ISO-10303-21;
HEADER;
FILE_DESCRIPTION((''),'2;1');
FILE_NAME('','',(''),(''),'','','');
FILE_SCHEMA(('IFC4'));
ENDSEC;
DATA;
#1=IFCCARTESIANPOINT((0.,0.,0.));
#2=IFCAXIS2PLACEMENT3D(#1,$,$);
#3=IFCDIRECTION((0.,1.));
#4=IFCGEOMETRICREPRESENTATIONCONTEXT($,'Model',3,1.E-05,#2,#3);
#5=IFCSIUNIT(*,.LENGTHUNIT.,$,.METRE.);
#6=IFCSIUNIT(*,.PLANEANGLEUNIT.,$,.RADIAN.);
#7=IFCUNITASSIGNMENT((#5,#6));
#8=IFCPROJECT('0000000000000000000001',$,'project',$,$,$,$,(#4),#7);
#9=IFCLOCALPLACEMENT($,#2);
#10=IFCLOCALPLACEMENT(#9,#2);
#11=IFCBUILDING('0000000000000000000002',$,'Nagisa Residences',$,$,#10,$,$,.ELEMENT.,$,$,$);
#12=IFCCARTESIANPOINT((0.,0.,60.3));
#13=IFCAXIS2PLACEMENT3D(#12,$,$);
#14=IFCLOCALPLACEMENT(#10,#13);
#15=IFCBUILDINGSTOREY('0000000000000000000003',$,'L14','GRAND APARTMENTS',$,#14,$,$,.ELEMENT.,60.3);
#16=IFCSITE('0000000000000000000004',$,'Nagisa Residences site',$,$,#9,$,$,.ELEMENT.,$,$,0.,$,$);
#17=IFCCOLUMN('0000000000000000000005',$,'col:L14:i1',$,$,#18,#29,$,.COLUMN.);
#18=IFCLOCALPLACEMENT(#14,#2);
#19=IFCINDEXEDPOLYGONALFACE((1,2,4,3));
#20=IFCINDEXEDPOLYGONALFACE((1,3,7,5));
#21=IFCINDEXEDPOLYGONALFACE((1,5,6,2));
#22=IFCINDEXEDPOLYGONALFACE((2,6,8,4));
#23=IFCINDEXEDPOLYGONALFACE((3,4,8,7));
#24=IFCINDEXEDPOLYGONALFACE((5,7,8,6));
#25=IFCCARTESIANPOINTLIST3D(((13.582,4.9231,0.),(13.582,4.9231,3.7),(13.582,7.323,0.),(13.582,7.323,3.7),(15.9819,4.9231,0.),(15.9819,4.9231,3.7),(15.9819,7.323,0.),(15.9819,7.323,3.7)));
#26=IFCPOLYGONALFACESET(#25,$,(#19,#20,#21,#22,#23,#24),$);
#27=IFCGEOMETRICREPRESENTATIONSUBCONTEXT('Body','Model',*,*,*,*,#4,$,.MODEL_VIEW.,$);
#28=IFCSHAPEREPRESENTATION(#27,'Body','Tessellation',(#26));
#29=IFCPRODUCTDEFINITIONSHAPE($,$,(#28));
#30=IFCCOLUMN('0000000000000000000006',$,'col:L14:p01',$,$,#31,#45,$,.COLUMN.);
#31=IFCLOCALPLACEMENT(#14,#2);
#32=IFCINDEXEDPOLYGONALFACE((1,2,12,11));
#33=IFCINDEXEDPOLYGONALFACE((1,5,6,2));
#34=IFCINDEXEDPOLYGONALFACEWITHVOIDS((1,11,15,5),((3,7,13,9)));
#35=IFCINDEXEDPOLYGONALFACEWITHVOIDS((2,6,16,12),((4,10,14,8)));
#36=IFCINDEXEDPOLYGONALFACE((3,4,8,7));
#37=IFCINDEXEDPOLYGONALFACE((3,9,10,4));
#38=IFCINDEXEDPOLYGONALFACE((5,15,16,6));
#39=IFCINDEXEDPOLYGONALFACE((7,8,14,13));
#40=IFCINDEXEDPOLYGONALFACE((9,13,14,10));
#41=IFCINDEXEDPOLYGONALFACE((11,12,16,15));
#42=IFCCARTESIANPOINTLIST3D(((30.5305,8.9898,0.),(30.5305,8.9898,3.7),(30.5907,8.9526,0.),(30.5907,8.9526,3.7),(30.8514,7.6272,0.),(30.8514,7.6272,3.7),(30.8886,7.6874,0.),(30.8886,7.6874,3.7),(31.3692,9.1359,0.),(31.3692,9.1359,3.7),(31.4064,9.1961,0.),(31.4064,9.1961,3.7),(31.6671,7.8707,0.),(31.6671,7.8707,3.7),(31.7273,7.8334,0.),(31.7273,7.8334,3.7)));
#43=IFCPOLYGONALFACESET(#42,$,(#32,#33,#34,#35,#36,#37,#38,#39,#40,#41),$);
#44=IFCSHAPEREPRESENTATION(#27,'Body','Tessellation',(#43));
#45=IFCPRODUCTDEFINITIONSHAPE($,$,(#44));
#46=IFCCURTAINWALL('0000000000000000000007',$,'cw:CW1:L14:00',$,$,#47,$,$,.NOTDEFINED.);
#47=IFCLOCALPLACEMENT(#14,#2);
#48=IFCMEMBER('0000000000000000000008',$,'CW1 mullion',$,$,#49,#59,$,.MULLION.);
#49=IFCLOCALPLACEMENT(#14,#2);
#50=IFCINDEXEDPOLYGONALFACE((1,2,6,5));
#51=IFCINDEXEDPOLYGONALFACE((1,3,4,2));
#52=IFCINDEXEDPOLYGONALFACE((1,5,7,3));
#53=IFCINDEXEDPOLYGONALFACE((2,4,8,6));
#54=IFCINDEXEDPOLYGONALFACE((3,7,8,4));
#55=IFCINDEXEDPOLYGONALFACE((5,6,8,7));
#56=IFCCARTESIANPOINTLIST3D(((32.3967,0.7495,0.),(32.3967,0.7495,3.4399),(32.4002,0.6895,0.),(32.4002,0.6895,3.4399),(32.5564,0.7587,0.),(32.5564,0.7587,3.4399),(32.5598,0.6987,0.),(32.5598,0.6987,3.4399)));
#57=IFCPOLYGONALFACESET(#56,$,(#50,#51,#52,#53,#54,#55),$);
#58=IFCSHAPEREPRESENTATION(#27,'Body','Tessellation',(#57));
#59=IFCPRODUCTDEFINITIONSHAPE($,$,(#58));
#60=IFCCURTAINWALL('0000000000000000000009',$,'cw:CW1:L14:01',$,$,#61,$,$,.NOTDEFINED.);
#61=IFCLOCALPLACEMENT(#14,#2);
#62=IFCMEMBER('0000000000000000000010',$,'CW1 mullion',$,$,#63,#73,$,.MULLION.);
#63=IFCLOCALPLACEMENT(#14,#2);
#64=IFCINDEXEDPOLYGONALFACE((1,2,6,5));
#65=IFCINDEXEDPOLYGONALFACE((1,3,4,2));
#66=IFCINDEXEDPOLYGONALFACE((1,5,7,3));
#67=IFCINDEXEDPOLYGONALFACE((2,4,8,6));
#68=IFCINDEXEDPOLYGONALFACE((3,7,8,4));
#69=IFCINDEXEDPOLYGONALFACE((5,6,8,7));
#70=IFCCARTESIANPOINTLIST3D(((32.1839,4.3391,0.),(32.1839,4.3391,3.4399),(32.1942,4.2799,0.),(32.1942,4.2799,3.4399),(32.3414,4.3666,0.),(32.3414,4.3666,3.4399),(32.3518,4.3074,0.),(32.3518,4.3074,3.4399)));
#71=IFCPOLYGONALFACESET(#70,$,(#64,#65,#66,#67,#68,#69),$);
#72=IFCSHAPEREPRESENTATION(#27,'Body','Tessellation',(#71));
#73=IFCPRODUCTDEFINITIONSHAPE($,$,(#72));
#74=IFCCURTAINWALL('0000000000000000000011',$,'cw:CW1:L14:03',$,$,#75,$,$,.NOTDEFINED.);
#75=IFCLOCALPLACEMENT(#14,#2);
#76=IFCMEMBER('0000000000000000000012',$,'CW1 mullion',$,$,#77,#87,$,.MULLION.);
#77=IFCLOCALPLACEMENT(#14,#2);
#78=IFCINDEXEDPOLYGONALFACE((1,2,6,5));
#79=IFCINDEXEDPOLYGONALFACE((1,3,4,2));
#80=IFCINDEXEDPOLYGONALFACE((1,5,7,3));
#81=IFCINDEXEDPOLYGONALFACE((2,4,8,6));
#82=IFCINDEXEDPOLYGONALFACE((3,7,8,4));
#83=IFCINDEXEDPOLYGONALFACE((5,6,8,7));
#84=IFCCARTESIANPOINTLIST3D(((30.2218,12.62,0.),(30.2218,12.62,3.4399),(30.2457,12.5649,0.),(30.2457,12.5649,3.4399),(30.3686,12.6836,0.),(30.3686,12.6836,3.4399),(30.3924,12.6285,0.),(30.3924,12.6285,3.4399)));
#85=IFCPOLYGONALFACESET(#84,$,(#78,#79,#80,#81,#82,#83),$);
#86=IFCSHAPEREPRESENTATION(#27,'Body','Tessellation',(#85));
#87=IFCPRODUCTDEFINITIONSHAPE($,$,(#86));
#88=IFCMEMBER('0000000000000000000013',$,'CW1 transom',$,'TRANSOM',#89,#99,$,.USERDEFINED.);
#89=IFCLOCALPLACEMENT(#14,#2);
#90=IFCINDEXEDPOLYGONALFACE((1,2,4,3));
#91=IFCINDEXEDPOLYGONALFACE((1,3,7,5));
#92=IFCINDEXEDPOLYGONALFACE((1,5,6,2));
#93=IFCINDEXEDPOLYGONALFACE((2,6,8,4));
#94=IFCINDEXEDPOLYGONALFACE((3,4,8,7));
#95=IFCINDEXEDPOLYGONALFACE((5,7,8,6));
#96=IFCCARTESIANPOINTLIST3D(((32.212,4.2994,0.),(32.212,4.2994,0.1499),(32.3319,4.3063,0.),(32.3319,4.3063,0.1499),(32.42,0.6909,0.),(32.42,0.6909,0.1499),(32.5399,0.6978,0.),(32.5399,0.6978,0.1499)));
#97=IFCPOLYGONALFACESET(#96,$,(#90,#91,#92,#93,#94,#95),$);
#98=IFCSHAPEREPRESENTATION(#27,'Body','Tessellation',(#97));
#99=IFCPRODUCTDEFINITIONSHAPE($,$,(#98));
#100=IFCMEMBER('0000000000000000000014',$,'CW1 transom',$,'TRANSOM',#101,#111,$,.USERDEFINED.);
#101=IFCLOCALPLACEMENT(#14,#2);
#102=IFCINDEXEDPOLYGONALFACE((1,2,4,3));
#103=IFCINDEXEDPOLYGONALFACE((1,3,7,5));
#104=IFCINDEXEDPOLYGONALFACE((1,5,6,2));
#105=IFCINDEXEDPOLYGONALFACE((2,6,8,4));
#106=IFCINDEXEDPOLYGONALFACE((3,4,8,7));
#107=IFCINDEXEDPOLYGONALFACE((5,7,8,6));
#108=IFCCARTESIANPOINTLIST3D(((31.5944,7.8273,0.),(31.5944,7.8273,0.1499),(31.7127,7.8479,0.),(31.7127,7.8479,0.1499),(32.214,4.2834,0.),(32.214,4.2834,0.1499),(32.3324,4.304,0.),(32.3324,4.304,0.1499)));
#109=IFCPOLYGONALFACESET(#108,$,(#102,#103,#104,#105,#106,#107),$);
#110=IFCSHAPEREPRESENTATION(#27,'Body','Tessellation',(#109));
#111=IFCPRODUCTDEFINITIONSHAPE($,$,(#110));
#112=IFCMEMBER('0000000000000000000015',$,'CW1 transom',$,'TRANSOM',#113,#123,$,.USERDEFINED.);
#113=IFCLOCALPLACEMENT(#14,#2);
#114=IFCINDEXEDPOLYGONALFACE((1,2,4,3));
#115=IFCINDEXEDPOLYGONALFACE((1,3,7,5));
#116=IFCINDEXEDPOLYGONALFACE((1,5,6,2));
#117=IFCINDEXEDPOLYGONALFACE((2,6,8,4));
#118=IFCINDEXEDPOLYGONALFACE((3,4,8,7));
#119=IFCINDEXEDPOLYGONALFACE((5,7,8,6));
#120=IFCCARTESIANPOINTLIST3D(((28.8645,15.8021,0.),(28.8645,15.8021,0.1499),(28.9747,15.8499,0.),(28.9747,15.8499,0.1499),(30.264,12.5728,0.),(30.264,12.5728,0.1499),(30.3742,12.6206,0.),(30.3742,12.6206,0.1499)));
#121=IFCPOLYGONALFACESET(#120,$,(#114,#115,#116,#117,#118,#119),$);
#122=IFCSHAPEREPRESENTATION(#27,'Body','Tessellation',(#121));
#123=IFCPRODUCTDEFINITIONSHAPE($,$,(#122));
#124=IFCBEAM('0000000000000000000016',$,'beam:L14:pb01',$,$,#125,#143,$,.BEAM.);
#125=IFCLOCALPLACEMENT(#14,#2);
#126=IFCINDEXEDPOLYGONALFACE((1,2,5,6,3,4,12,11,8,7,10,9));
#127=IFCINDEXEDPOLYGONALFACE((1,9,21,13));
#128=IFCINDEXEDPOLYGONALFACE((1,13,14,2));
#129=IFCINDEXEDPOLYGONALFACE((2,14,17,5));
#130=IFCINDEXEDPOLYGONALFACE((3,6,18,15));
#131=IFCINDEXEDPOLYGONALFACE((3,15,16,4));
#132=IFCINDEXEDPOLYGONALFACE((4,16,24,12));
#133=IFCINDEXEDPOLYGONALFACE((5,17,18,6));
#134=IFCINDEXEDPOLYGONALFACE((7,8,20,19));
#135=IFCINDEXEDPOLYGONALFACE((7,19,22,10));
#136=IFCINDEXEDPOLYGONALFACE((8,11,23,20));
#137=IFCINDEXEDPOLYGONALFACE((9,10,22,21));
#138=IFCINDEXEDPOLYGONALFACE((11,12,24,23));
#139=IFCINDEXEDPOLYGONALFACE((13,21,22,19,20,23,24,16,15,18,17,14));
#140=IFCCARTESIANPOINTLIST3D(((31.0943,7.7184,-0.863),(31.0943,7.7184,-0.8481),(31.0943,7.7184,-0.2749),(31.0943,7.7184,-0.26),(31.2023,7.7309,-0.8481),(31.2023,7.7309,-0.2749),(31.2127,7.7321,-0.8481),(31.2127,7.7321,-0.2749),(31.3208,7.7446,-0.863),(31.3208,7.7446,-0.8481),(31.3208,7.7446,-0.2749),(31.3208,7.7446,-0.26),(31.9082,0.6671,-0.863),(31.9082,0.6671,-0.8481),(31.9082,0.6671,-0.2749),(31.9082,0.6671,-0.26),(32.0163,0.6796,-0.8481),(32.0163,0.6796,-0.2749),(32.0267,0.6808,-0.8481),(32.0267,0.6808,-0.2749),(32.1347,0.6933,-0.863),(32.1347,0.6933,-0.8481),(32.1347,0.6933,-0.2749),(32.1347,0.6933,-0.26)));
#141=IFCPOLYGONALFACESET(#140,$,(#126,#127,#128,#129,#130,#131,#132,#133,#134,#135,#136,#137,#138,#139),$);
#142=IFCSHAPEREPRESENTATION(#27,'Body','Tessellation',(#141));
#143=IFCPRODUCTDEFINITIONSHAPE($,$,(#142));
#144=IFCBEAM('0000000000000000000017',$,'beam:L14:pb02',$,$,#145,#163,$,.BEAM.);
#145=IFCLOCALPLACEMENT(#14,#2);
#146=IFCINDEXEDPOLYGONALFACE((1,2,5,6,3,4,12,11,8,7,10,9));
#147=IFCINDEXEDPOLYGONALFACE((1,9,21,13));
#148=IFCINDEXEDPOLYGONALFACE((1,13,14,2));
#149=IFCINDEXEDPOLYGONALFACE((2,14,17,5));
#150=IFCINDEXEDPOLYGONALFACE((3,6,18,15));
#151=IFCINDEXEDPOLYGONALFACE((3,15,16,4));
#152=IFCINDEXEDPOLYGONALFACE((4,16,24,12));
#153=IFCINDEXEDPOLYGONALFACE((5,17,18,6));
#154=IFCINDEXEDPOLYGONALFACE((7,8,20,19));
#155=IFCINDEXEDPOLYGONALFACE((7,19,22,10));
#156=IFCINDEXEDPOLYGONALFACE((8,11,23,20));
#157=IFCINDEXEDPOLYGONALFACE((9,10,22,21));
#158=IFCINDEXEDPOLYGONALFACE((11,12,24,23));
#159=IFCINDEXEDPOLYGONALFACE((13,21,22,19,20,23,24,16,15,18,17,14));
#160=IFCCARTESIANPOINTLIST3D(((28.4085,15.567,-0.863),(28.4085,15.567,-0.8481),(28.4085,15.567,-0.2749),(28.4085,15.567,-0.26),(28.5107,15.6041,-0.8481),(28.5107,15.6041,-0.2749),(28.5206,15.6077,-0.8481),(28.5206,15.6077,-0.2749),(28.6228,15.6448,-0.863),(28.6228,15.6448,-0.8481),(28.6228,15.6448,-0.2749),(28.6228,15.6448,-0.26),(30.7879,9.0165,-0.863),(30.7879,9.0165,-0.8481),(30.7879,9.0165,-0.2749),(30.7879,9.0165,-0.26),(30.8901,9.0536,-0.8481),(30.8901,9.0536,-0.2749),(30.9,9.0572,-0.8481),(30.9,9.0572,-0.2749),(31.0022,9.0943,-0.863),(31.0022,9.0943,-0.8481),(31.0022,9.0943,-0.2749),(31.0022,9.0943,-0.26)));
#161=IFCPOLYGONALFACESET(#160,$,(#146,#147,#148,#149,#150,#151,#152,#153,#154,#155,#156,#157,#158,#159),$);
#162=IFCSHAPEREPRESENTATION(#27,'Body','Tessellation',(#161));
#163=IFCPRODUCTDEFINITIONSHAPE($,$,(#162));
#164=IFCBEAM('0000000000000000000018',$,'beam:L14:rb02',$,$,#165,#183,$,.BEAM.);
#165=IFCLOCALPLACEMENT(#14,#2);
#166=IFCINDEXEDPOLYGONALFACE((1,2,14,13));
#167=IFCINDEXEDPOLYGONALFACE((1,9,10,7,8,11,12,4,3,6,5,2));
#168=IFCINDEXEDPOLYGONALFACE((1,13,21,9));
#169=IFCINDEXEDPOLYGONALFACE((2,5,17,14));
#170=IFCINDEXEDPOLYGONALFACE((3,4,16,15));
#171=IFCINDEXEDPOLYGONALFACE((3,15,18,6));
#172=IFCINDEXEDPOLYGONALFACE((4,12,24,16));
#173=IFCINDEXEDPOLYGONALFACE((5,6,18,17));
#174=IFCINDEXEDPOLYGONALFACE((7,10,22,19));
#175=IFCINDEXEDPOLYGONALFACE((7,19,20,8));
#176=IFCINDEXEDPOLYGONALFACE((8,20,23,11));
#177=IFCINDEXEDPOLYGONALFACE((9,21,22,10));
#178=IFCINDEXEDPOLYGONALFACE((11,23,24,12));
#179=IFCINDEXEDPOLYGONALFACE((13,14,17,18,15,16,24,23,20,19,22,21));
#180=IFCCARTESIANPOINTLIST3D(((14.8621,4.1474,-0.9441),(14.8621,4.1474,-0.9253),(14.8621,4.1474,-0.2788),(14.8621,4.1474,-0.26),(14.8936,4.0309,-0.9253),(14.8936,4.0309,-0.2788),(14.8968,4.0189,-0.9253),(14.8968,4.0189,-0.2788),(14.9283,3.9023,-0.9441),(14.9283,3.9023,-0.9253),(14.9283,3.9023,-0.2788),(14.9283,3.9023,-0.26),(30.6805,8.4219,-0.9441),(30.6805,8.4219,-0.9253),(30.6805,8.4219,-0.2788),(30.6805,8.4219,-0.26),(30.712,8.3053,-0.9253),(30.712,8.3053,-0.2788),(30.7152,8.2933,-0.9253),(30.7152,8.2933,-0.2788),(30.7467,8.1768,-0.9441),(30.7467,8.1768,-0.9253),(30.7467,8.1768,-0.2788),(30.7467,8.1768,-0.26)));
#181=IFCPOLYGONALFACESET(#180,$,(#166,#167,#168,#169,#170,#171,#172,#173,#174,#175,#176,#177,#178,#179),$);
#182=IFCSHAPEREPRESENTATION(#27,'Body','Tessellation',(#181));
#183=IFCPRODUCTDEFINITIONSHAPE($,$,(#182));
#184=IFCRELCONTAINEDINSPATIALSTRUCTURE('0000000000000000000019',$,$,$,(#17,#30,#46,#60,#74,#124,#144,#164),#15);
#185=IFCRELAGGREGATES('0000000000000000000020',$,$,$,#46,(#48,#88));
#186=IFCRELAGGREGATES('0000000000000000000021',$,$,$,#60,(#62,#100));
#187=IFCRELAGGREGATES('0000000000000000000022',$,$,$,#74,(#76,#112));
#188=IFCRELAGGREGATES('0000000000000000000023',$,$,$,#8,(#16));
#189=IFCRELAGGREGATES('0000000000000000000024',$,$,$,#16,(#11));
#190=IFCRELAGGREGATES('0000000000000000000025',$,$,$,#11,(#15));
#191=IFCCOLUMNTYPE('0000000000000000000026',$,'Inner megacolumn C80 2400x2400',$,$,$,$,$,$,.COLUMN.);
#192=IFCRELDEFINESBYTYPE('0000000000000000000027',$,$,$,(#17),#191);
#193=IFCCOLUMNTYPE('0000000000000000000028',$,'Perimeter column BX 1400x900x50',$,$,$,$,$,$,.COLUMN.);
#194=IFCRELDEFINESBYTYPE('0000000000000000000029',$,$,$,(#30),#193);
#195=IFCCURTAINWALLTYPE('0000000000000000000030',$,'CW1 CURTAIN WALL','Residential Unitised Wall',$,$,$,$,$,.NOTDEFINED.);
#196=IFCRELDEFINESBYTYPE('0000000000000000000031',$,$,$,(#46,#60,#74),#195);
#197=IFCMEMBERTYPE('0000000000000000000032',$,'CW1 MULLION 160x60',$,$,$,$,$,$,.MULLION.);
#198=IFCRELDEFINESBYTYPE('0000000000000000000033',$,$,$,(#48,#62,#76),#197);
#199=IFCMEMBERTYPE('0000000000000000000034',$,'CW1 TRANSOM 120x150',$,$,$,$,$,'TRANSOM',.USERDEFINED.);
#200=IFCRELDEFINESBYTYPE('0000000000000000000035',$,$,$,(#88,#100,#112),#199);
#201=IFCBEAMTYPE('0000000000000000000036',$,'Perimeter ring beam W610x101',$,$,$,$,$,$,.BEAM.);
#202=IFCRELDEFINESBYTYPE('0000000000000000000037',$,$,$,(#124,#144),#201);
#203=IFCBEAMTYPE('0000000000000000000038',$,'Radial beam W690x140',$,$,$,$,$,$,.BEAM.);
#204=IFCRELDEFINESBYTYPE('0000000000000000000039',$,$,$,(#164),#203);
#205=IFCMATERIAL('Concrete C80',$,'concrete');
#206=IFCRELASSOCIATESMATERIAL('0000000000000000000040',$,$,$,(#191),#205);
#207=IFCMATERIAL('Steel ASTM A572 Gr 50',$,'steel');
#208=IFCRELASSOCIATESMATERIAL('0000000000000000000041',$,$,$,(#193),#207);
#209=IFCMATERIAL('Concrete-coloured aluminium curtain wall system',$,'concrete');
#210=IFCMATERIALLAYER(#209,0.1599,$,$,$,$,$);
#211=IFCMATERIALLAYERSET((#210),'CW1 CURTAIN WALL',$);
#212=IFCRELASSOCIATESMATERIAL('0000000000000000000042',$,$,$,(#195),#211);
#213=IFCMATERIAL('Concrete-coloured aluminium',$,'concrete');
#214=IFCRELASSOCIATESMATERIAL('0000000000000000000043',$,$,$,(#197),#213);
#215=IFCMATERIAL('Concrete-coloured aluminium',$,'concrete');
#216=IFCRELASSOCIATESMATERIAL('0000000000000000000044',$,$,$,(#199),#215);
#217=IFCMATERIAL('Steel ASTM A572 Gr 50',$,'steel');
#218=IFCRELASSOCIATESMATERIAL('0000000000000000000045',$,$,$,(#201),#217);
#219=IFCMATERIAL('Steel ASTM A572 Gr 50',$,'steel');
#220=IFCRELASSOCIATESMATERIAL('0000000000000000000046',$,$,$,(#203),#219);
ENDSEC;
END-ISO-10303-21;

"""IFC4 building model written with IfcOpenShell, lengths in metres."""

from ifc_helpers import new_model, si_unit, direction, frame, origin, origin_2d, place, context, subcontext, project, spatial, rectangle, hollow_rectangle, i_section, extrude, material, layer, layer_set, material_profile, profile_set, type_object, element, aggregate, save


model = new_model("IFC4")

# Units and contexts
model_context = context("Model", 3, precision=1e-05, world=origin(), true_north=direction((0.0, 1.0)))
body_context = subcontext(model_context, "Body", "Model", "MODEL_VIEW")
ifc_project = project(units=[si_unit("LENGTHUNIT", "METRE"), si_unit("PLANEANGLEUNIT", "RADIAN")], contexts=[model_context])

# Site, building, storey
site_placement = place(None, origin())
site = spatial("IfcSite", under=ifc_project, at=site_placement, Name="Nagisa Residences site", CompositionType="ELEMENT", RefElevation=0.0)
building_placement = place(site_placement, origin())
building = spatial("IfcBuilding", under=site, at=building_placement, Name="Nagisa Residences", CompositionType="ELEMENT")
storey_placement = place(building_placement, frame((0.0, 0.0, 60.3)))
storey = spatial("IfcBuildingStorey", under=building, at=storey_placement, Name="L14", Description="GRAND APARTMENTS", CompositionType="ELEMENT", Elevation=60.3)

# Columns
ifc_material_1 = material(Name="Concrete C80", Category="concrete")
ifc_material_profile_1 = material_profile(ifc_material_1, rectangle(XDim=2.3999, YDim=2.3999, at=origin_2d()), Name="C80 2400x2400")
ifc_profile_set_1 = profile_set([ifc_material_profile_1], Name="Concrete C80")
column_type_1 = type_object("IfcColumnType", Name="Inner megacolumn C80 2400x2400", PredefinedType="COLUMN", material=ifc_profile_set_1)
column_1_placement = place(storey_placement, frame((14.782, 6.123, 0.0), z_axis=(0.0, 0.0, 1.0), x_axis=(1.0, 0.0, 0.0)))
element("IfcColumn", 1, at=column_1_placement, inside=storey, type_object=column_type_1, Name="col:L14:i1", PredefinedType="COLUMN", context=body_context, shape_type="SweptSolid", body=[
    extrude(rectangle(XDim=2.3999, YDim=2.3999, at=origin_2d()), origin(), (0.0, 0.0, 1.0), 3.7),
])
ifc_material_2 = material(Name="Steel ASTM A572 Gr 50", Category="steel")
ifc_material_profile_2 = material_profile(ifc_material_2, hollow_rectangle(XDim=1.3999, YDim=0.8999, WallThickness=0.05, at=origin_2d()), Name="BX 1400x900x50")
ifc_profile_set_2 = profile_set([ifc_material_profile_2], Name="Steel ASTM A572 Gr 50")
column_type_2 = type_object("IfcColumnType", Name="Perimeter column BX 1400x900x50", PredefinedType="COLUMN", material=ifc_profile_set_2)
column_2_placement = place(storey_placement, frame((31.1289, 8.4116, 0.0), z_axis=(0.0, 0.0, 1.0), x_axis=(-0.229202, 0.973379, 0.0)))
element("IfcColumn", 2, at=column_2_placement, inside=storey, type_object=column_type_2, Name="col:L14:p01", PredefinedType="COLUMN", context=body_context, shape_type="SweptSolid", body=[
    extrude(hollow_rectangle(XDim=1.3999, YDim=0.8999, WallThickness=0.05, at=origin_2d()), origin(), (0.0, 0.0, 1.0), 3.7),
])

# Curtain walls, members
ifc_material_3 = material(Name="Concrete-coloured aluminium curtain wall system", Category="concrete")
ifc_layer_1 = layer(ifc_material_3, 0.1599)
ifc_layer_set_1 = layer_set([ifc_layer_1], Name="CW1 CURTAIN WALL")
curtain_wall_type = type_object("IfcCurtainWallType", Name="CW1 CURTAIN WALL", Description="Residential Unitised Wall", PredefinedType="NOTDEFINED", material=ifc_layer_set_1)
curtain_wall_1_placement = place(storey_placement, origin())
curtain_wall_1 = element("IfcCurtainWall", 3, at=curtain_wall_1_placement, inside=storey, type_object=curtain_wall_type, Name="cw:CW1:L14:00", PredefinedType="NOTDEFINED")
ifc_material_4 = material(Name="Concrete-coloured aluminium", Category="concrete")
ifc_material_profile_3 = material_profile(ifc_material_4, rectangle(XDim=0.1599, YDim=0.0601, at=origin_2d()), Name="CW1 MULLION 160x60")
ifc_profile_set_3 = profile_set([ifc_material_profile_3], Name="Concrete-coloured aluminium")
member_type_1 = type_object("IfcMemberType", Name="CW1 MULLION 160x60", PredefinedType="MULLION", material=ifc_profile_set_3)
member_1_placement = place(storey_placement, frame((32.4783, 0.7241, 0.0), z_axis=(0.0, 0.0, 1.0), x_axis=(-0.998345, -0.057503, 0.0)))
member_1 = element("IfcMember", 4, at=member_1_placement, type_object=member_type_1, Name="CW1 mullion", PredefinedType="MULLION", context=body_context, shape_type="SweptSolid", body=[
    extrude(rectangle(XDim=0.1599, YDim=0.0601, at=origin_2d()), origin(), (0.0, 0.0, 1.0), 3.4399),
])
curtain_wall_2_placement = place(storey_placement, origin())
curtain_wall_2 = element("IfcCurtainWall", 5, at=curtain_wall_2_placement, inside=storey, type_object=curtain_wall_type, Name="cw:CW1:L14:01", PredefinedType="NOTDEFINED")
member_2_placement = place(storey_placement, frame((32.2678, 4.3232, 0.0), z_axis=(0.0, 0.0, 1.0), x_axis=(-0.985064, -0.172191, 0.0)))
member_2 = element("IfcMember", 6, at=member_2_placement, type_object=member_type_1, Name="CW1 mullion", PredefinedType="MULLION", context=body_context, shape_type="SweptSolid", body=[
    extrude(rectangle(XDim=0.1599, YDim=0.0601, at=origin_2d()), origin(), (0.0, 0.0, 1.0), 3.4399),
])
curtain_wall_3_placement = place(storey_placement, origin())
curtain_wall_3 = element("IfcCurtainWall", 7, at=curtain_wall_3_placement, inside=storey, type_object=curtain_wall_type, Name="cw:CW1:L14:03", PredefinedType="NOTDEFINED")
member_3_placement = place(storey_placement, frame((30.3071, 12.6243, 0.0), z_axis=(0.0, 0.0, 1.0), x_axis=(-0.917543, -0.397636, 0.0)))
member_3 = element("IfcMember", 8, at=member_3_placement, type_object=member_type_1, Name="CW1 mullion", PredefinedType="MULLION", context=body_context, shape_type="SweptSolid", body=[
    extrude(rectangle(XDim=0.1599, YDim=0.0601, at=origin_2d()), origin(), (0.0, 0.0, 1.0), 3.4399),
])

# Members
ifc_material_5 = material(Name="Concrete-coloured aluminium", Category="concrete")
ifc_material_profile_4 = material_profile(ifc_material_5, rectangle(XDim=0.1201, YDim=0.1499, at=origin_2d()), Name="CW1 TRANSOM 120x150")
ifc_profile_set_4 = profile_set([ifc_material_profile_4], Name="Concrete-coloured aluminium")
member_type_2 = type_object("IfcMemberType", Name="CW1 TRANSOM 120x150", ElementType="TRANSOM", PredefinedType="USERDEFINED", material=ifc_profile_set_4)
member_4_placement = place(storey_placement, frame((32.48, 0.6943, 0.075), z_axis=(-0.05755, 0.998343, 0.0), x_axis=(-0.998343, -0.05755, 0.0)))
member_4 = element("IfcMember", 9, at=member_4_placement, type_object=member_type_2, Name="CW1 transom", ObjectType="TRANSOM", PredefinedType="USERDEFINED", context=body_context, shape_type="SweptSolid", body=[
    extrude(rectangle(XDim=0.1201, YDim=0.1499, at=origin_2d()), origin(), (0.0, 0.0, 1.0), 3.6145),
])
member_5_placement = place(storey_placement, frame((32.2732, 4.2937, 0.075), z_axis=(-0.172229, 0.985057, 0.0), x_axis=(-0.985057, -0.172229, 0.0)))
member_5 = element("IfcMember", 10, at=member_5_placement, type_object=member_type_2, Name="CW1 transom", ObjectType="TRANSOM", PredefinedType="USERDEFINED", context=body_context, shape_type="SweptSolid", body=[
    extrude(rectangle(XDim=0.1201, YDim=0.1499, at=origin_2d()), origin(), (0.0, 0.0, 1.0), 3.5977),
])
member_6_placement = place(storey_placement, frame((30.3191, 12.5967, 0.075), z_axis=(-0.397625, 0.917548, 0.0), x_axis=(-0.917548, -0.397625, 0.0)))
member_6 = element("IfcMember", 11, at=member_6_placement, type_object=member_type_2, Name="CW1 transom", ObjectType="TRANSOM", PredefinedType="USERDEFINED", context=body_context, shape_type="SweptSolid", body=[
    extrude(rectangle(XDim=0.1201, YDim=0.1499, at=origin_2d()), origin(), (0.0, 0.0, 1.0), 3.5195),
])

# Beams
ifc_material_6 = material(Name="Steel ASTM A572 Gr 50", Category="steel")
ifc_material_profile_5 = material_profile(ifc_material_6, i_section(OverallWidth=0.228, OverallDepth=0.603, WebThickness=0.0105, FlangeThickness=0.0149, at=origin_2d()), Name="W610x101")
ifc_profile_set_5 = profile_set([ifc_material_profile_5], Name="Steel ASTM A572 Gr 50")
beam_type_1 = type_object("IfcBeamType", Name="Perimeter ring beam W610x101", PredefinedType="BEAM", material=ifc_profile_set_5)
beam_1_placement = place(storey_placement, frame((32.0215, 0.6802, -0.5615), z_axis=(-0.114674, 0.993403, 0.0), x_axis=(-0.993403, -0.114674, 0.0)))
element("IfcBeam", 12, at=beam_1_placement, inside=storey, type_object=beam_type_1, Name="beam:L14:pb01", PredefinedType="BEAM", context=body_context, shape_type="SweptSolid", body=[
    extrude(i_section(OverallWidth=0.228, OverallDepth=0.603, WebThickness=0.0105, FlangeThickness=0.0149, at=origin_2d()), origin(), (0.0, 0.0, 1.0), 7.0981),
])
beam_2_placement = place(storey_placement, frame((30.895, 9.0554, -0.5615), z_axis=(-0.341411, 0.939914, 0.0), x_axis=(-0.939914, -0.341411, 0.0)))
element("IfcBeam", 13, at=beam_2_placement, inside=storey, type_object=beam_type_1, Name="beam:L14:pb02", PredefinedType="BEAM", context=body_context, shape_type="SweptSolid", body=[
    extrude(i_section(OverallWidth=0.228, OverallDepth=0.603, WebThickness=0.0105, FlangeThickness=0.0149, at=origin_2d()), origin(), (0.0, 0.0, 1.0), 6.9692),
])
ifc_material_7 = material(Name="Steel ASTM A572 Gr 50", Category="steel")
ifc_material_profile_6 = material_profile(ifc_material_7, i_section(OverallWidth=0.2539, OverallDepth=0.6841, WebThickness=0.0125, FlangeThickness=0.0188, at=origin_2d()), Name="W690x140")
ifc_profile_set_6 = profile_set([ifc_material_profile_6], Name="Steel ASTM A572 Gr 50")
beam_type_2 = type_object("IfcBeamType", Name="Radial beam W690x140", PredefinedType="BEAM", material=ifc_profile_set_6)
beam_3_placement = place(storey_placement, frame((30.7136, 8.2993, -0.6021), z_axis=(-0.965376, -0.260862, 0.0), x_axis=(0.260862, -0.965376, 0.0)))
element("IfcBeam", 14, at=beam_3_placement, inside=storey, type_object=beam_type_2, Name="beam:L14:rb02", PredefinedType="BEAM", context=body_context, shape_type="SweptSolid", body=[
    extrude(i_section(OverallWidth=0.2539, OverallDepth=0.6841, WebThickness=0.0125, FlangeThickness=0.0188, at=origin_2d()), origin(), (0.0, 0.0, 1.0), 16.3857),
])

aggregate(curtain_wall_1, [member_1, member_4])
aggregate(curtain_wall_2, [member_2, member_5])
aggregate(curtain_wall_3, [member_3, member_6])

save(model, "model.ifc")
